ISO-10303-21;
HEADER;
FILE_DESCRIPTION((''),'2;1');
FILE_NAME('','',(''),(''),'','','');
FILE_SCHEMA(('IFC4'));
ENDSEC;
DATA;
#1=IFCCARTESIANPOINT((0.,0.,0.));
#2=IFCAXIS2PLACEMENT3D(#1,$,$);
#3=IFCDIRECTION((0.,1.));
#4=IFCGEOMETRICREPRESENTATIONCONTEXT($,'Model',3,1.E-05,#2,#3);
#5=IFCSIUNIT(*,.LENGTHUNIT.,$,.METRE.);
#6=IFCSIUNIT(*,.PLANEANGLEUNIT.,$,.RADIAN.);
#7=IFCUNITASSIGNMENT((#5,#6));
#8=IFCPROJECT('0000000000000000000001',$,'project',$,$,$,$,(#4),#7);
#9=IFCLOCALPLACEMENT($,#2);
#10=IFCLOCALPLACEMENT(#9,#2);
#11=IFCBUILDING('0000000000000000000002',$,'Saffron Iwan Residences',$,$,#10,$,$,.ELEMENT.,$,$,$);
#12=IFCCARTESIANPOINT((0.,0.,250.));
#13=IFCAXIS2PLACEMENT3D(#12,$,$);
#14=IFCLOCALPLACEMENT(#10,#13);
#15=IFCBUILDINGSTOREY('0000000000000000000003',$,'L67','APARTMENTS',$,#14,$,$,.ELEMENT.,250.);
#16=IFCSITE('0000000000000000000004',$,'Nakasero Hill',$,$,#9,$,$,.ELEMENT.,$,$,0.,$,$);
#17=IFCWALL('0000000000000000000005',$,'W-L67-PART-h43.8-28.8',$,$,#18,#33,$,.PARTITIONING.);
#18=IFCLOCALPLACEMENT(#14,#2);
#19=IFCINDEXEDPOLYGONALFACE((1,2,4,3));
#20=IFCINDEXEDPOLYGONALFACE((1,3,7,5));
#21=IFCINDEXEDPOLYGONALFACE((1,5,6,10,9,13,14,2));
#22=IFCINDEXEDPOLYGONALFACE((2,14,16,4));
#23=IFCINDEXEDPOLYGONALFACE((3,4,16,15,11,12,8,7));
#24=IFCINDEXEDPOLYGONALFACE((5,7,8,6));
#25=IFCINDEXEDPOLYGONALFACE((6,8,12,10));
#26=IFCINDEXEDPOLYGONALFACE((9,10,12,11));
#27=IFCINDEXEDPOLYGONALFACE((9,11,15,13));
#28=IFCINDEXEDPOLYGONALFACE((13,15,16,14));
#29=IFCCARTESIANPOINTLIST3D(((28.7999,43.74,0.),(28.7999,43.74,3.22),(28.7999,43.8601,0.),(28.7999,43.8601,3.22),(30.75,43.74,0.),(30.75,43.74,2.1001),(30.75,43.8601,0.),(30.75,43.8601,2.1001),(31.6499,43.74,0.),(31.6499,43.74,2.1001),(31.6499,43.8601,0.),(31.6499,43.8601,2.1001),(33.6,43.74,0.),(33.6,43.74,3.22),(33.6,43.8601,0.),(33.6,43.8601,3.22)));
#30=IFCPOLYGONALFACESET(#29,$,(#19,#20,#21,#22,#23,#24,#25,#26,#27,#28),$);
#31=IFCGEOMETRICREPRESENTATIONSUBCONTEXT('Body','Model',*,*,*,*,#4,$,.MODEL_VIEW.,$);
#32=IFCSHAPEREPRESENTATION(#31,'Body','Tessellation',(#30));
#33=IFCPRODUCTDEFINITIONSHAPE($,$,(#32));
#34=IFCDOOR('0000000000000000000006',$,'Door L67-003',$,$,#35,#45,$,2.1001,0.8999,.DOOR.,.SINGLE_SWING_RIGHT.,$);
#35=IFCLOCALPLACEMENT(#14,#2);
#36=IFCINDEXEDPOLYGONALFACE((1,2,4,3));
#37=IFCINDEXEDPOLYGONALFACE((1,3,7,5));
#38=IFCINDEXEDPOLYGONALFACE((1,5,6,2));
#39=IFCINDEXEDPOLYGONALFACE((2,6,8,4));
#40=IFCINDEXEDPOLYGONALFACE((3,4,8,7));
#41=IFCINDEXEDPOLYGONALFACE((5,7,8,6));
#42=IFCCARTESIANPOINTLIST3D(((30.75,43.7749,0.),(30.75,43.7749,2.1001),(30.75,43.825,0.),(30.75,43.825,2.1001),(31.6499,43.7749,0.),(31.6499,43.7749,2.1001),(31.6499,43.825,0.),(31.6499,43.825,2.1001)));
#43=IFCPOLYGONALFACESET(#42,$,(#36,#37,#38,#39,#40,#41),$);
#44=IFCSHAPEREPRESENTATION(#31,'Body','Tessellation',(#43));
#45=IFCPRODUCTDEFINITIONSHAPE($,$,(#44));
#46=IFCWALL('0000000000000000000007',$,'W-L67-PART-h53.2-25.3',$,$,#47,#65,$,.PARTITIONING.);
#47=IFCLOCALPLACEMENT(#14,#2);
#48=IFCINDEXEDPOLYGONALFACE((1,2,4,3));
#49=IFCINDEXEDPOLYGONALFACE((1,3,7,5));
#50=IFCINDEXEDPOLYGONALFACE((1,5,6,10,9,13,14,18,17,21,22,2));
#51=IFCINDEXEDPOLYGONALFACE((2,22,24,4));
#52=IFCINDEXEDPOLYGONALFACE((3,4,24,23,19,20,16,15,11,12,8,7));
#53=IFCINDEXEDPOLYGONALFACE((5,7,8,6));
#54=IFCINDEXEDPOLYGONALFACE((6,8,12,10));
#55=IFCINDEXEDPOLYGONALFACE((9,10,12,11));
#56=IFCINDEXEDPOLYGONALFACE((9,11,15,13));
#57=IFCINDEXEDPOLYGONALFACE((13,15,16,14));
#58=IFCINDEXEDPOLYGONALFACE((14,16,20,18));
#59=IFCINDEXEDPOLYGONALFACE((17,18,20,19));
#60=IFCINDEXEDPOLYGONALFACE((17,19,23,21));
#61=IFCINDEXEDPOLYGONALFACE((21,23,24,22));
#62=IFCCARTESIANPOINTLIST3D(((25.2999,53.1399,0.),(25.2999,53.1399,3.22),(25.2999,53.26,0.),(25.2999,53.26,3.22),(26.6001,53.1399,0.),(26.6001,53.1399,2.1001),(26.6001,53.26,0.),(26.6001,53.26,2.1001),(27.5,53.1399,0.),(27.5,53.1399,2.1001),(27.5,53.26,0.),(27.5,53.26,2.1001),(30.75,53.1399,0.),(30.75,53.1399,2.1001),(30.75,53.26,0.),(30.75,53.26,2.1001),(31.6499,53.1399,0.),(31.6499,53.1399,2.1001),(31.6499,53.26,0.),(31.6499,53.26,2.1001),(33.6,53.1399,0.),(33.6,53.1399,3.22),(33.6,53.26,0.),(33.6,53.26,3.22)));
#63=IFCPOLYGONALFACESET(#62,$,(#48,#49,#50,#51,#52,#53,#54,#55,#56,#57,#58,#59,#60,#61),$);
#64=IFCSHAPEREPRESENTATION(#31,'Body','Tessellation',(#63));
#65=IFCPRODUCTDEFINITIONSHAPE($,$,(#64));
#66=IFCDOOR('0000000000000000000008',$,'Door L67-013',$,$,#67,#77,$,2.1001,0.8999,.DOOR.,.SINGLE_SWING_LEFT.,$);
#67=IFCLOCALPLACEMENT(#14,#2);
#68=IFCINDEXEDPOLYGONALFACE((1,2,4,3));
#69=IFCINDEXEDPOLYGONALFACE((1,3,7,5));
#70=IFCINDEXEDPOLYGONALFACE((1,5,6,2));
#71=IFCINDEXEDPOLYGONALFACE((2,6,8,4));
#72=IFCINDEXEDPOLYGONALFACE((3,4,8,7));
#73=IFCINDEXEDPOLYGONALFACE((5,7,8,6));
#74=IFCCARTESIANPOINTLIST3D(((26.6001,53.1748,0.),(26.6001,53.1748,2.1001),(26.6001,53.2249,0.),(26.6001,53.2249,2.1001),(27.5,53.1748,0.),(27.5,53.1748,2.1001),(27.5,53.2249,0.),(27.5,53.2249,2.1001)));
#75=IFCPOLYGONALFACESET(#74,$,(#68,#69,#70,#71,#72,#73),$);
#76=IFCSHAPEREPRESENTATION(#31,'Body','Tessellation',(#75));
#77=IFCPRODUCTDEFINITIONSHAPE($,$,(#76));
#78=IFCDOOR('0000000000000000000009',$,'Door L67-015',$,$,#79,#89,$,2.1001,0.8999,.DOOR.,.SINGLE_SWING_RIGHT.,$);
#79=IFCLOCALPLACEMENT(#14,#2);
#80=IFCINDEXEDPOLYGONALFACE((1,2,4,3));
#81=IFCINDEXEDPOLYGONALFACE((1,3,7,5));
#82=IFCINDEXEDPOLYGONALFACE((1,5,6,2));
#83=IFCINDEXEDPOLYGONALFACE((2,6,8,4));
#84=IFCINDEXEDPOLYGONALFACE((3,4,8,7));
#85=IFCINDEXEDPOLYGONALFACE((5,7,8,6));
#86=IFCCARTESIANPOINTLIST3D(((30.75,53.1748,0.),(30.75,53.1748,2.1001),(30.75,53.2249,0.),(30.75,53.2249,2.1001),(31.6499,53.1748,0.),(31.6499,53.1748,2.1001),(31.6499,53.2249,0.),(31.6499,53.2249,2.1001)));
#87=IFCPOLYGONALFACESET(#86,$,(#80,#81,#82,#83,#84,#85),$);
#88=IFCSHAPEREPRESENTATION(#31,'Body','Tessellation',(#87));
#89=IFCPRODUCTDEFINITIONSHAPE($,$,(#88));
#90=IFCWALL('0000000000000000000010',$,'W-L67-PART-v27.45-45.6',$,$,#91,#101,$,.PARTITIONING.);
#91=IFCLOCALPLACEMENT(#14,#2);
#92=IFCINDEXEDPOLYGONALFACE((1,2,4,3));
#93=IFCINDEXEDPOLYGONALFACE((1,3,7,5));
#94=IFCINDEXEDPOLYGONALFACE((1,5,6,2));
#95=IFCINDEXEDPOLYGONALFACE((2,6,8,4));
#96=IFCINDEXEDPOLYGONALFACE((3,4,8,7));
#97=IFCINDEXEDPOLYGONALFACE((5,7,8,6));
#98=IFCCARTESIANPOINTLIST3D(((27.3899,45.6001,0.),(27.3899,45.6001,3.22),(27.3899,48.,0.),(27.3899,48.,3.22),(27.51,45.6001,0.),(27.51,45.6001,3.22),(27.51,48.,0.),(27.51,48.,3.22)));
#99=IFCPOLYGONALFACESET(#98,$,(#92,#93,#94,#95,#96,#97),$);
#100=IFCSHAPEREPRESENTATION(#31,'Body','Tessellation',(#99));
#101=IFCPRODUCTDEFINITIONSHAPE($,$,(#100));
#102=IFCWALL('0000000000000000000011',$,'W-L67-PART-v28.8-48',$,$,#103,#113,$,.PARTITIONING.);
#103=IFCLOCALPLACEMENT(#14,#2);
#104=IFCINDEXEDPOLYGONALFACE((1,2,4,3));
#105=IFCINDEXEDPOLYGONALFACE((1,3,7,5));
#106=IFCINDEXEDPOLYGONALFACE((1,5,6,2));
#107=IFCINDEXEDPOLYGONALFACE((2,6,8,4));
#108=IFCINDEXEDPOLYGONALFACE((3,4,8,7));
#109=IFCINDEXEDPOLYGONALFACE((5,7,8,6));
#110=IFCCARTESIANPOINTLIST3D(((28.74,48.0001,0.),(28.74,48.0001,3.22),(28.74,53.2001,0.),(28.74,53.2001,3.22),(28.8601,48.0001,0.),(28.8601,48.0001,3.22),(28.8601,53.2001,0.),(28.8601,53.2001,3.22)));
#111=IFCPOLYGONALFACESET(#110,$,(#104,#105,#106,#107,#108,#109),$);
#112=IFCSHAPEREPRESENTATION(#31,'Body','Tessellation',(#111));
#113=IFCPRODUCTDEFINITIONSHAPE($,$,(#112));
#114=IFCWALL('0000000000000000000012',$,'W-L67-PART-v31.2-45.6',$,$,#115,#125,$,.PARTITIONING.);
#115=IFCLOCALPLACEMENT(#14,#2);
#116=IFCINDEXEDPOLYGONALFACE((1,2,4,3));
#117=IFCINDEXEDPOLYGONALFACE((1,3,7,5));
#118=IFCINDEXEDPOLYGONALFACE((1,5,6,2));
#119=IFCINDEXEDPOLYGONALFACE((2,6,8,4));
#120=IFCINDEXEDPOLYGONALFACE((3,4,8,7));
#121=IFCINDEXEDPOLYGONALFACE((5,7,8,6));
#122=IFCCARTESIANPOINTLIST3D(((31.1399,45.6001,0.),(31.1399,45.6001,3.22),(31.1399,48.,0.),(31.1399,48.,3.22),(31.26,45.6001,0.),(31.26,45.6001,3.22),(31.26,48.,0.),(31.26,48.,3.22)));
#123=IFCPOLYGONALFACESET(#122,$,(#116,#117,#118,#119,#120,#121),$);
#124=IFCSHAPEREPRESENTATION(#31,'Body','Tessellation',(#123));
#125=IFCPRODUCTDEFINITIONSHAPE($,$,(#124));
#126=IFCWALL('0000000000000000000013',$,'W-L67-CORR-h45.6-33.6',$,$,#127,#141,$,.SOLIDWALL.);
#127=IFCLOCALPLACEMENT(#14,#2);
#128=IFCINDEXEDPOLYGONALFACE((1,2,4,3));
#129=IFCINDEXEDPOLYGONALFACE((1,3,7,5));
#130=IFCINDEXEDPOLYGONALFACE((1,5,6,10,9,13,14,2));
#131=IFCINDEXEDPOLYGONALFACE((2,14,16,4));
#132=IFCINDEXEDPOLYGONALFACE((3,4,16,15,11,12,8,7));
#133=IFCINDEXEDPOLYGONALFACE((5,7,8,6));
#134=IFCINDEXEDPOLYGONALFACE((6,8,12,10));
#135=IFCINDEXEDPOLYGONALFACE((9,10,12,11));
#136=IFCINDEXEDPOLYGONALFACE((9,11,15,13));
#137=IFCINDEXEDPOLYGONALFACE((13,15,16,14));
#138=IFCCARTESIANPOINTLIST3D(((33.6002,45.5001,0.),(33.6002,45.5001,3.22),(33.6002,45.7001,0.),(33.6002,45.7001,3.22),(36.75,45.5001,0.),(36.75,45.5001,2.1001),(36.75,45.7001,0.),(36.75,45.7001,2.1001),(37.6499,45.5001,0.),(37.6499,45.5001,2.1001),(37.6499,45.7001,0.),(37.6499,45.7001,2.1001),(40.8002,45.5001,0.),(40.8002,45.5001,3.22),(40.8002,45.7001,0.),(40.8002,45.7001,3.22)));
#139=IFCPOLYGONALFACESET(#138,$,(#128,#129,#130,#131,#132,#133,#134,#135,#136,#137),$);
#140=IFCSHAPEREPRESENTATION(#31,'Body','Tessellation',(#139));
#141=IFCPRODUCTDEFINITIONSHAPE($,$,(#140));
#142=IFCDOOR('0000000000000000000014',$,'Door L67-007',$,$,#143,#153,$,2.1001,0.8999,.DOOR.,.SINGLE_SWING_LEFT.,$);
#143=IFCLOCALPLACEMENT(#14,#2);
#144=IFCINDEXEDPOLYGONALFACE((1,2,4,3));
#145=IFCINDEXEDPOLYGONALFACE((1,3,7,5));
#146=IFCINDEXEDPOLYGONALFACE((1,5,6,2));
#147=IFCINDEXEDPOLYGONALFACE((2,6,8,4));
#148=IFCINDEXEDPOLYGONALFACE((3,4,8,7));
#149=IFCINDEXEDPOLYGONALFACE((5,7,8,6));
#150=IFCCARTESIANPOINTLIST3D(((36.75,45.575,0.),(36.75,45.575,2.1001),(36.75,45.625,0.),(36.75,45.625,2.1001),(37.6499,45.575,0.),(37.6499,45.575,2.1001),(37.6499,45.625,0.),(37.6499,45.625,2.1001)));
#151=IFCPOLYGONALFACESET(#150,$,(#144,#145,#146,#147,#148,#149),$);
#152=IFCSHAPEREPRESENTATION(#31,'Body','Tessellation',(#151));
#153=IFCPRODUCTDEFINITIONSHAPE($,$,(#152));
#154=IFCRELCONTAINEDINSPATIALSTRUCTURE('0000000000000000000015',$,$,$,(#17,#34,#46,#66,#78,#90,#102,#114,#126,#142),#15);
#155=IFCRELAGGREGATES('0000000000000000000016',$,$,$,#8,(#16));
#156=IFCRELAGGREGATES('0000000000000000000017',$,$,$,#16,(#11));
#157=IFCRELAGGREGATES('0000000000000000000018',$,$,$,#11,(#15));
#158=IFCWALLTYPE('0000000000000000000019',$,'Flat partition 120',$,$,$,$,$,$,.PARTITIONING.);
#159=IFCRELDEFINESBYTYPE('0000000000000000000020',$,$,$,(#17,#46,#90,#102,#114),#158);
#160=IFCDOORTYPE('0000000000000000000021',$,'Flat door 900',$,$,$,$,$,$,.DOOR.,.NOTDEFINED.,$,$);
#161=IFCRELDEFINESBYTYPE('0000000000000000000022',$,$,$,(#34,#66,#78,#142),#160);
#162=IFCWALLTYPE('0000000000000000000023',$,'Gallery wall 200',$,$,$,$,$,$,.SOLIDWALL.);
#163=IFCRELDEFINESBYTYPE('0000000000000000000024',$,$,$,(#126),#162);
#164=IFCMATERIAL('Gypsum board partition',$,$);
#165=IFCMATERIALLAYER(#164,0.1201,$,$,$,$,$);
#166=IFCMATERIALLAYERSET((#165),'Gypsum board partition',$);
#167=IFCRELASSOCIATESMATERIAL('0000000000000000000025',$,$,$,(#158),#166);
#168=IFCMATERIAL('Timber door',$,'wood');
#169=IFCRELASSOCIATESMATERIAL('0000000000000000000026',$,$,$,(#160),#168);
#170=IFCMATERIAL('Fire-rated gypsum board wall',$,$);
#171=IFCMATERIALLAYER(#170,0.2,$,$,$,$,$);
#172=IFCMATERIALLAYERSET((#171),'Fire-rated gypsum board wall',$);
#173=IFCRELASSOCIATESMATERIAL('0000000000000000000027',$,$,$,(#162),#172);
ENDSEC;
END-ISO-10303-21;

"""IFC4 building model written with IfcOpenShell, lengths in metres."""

from ifc_helpers import new_model, si_unit, direction, frame, frame_2d, origin, place, context, subcontext, project, spatial, rectangle, extrude, material, layer, layer_set, type_object, element, fill, save


model = new_model("IFC4")

# Units and contexts
model_context = context("Model", 3, precision=1e-05, world=origin(), true_north=direction((0.0, 1.0)))
body_context = subcontext(model_context, "Body", "Model", "MODEL_VIEW")
ifc_project = project(units=[si_unit("LENGTHUNIT", "METRE"), si_unit("PLANEANGLEUNIT", "RADIAN")], contexts=[model_context])

# Site, building, storey
site_placement = place(None, origin())
site = spatial("IfcSite", under=ifc_project, at=site_placement, Name="Nakasero Hill", CompositionType="ELEMENT", RefElevation=0.0)
building_placement = place(site_placement, origin())
building = spatial("IfcBuilding", under=site, at=building_placement, Name="Saffron Iwan Residences", CompositionType="ELEMENT")
storey_placement = place(building_placement, frame((0.0, 0.0, 250.0)))
storey = spatial("IfcBuildingStorey", under=building, at=storey_placement, Name="L67", Description="APARTMENTS", CompositionType="ELEMENT", Elevation=250.0)

# Wall, opening, door
ifc_material_1 = material(Name="Gypsum board partition")
ifc_layer_1 = layer(ifc_material_1, 0.1201)
ifc_layer_set_1 = layer_set([ifc_layer_1], Name="Gypsum board partition")
wall_type_1 = type_object("IfcWallType", Name="Flat partition 120", PredefinedType="PARTITIONING", material=ifc_layer_set_1)
wall_1_placement = place(storey_placement, frame((28.8, 43.8, 0.0), z_axis=(0.0, 0.0, 1.0), x_axis=(1.0, 0.0, 0.0)))
wall_1 = element("IfcWall", 1, at=wall_1_placement, inside=storey, type_object=wall_type_1, Name="W-L67-PART-h43.8-28.8", PredefinedType="PARTITIONING", context=body_context, shape_type="SweptSolid", body=[
    extrude(rectangle(XDim=4.8, YDim=0.1201, at=frame_2d((2.3999, 0.0))), origin(), (0.0, 0.0, 1.0), 3.22),
])
opening_1_placement = place(wall_1_placement, frame((1.95, 0.0, 0.0)))
opening_1 = element("IfcOpeningElement", 2, at=opening_1_placement, cuts=wall_1, PredefinedType="OPENING", context=body_context, shape_type="SweptSolid", body=[
    extrude(rectangle(XDim=0.8999, YDim=2.1001, at=frame_2d((0.45, 1.05))), frame((0.0, 0.0701, 0.0), z_axis=(0.0, -1.0, 0.0), x_axis=(1.0, 0.0, 0.0)), (0.0, 0.0, 1.0), 0.1401),
])
ifc_material_2 = material(Name="Timber door", Category="wood")
door_type_1 = type_object("IfcDoorType", Name="Flat door 900", OperationType="NOTDEFINED", PredefinedType="DOOR", material=ifc_material_2)
door_1_placement = place(opening_1_placement, origin())
door_1 = element("IfcDoor", 3, at=door_1_placement, inside=storey, type_object=door_type_1, Name="Door L67-003", OperationType="SINGLE_SWING_RIGHT", OverallHeight=2.1001, OverallWidth=0.8999, PredefinedType="DOOR", context=body_context, shape_type="SweptSolid", body=[
    extrude(rectangle(XDim=0.8999, YDim=2.1001, at=frame_2d((0.45, 1.05))), frame((0.0, 0.0249, 0.0), z_axis=(0.0, -1.0, 0.0), x_axis=(1.0, 0.0, 0.0)), (0.0, 0.0, 1.0), 0.05),
])
fill(opening_1, door_1)

# Wall, openings, doors
wall_2_placement = place(storey_placement, frame((25.3, 53.2, 0.0), z_axis=(0.0, 0.0, 1.0), x_axis=(1.0, 0.0, 0.0)))
wall_2 = element("IfcWall", 4, at=wall_2_placement, inside=storey, type_object=wall_type_1, Name="W-L67-PART-h53.2-25.3", PredefinedType="PARTITIONING", context=body_context, shape_type="SweptSolid", body=[
    extrude(rectangle(XDim=8.3, YDim=0.1201, at=frame_2d((4.1499, 0.0))), origin(), (0.0, 0.0, 1.0), 3.22),
])
opening_2_placement = place(wall_2_placement, frame((1.3, 0.0, 0.0)))
opening_2 = element("IfcOpeningElement", 5, at=opening_2_placement, cuts=wall_2, PredefinedType="OPENING", context=body_context, shape_type="SweptSolid", body=[
    extrude(rectangle(XDim=0.8999, YDim=2.1001, at=frame_2d((0.45, 1.05))), frame((0.0, 0.0701, 0.0), z_axis=(0.0, -1.0, 0.0), x_axis=(1.0, 0.0, 0.0)), (0.0, 0.0, 1.0), 0.1401),
])
opening_3_placement = place(wall_2_placement, frame((5.45, 0.0, 0.0)))
opening_3 = element("IfcOpeningElement", 6, at=opening_3_placement, cuts=wall_2, PredefinedType="OPENING", context=body_context, shape_type="SweptSolid", body=[
    extrude(rectangle(XDim=0.8999, YDim=2.1001, at=frame_2d((0.45, 1.05))), frame((0.0, 0.0701, 0.0), z_axis=(0.0, -1.0, 0.0), x_axis=(1.0, 0.0, 0.0)), (0.0, 0.0, 1.0), 0.1401),
])
door_2_placement = place(opening_2_placement, origin())
door_2 = element("IfcDoor", 7, at=door_2_placement, inside=storey, type_object=door_type_1, Name="Door L67-013", OperationType="SINGLE_SWING_LEFT", OverallHeight=2.1001, OverallWidth=0.8999, PredefinedType="DOOR", context=body_context, shape_type="SweptSolid", body=[
    extrude(rectangle(XDim=0.8999, YDim=2.1001, at=frame_2d((0.45, 1.05))), frame((0.0, 0.0249, 0.0), z_axis=(0.0, -1.0, 0.0), x_axis=(1.0, 0.0, 0.0)), (0.0, 0.0, 1.0), 0.05),
])
fill(opening_2, door_2)
door_3_placement = place(opening_3_placement, origin())
door_3 = element("IfcDoor", 8, at=door_3_placement, inside=storey, type_object=door_type_1, Name="Door L67-015", OperationType="SINGLE_SWING_RIGHT", OverallHeight=2.1001, OverallWidth=0.8999, PredefinedType="DOOR", context=body_context, shape_type="SweptSolid", body=[
    extrude(rectangle(XDim=0.8999, YDim=2.1001, at=frame_2d((0.45, 1.05))), frame((0.0, 0.0249, 0.0), z_axis=(0.0, -1.0, 0.0), x_axis=(1.0, 0.0, 0.0)), (0.0, 0.0, 1.0), 0.05),
])
fill(opening_3, door_3)

# Walls
wall_3_placement = place(storey_placement, frame((27.45, 45.6001, 0.0), z_axis=(0.0, 0.0, 1.0), x_axis=(0.0, 1.0, 0.0)))
element("IfcWall", 9, at=wall_3_placement, inside=storey, type_object=wall_type_1, Name="W-L67-PART-v27.45-45.6", PredefinedType="PARTITIONING", context=body_context, shape_type="SweptSolid", body=[
    extrude(rectangle(XDim=2.3999, YDim=0.1201, at=frame_2d((1.2, 0.0))), origin(), (0.0, 0.0, 1.0), 3.22),
])
wall_4_placement = place(storey_placement, frame((28.8, 48.0, 0.0), z_axis=(0.0, 0.0, 1.0), x_axis=(0.0, 1.0, 0.0)))
element("IfcWall", 10, at=wall_4_placement, inside=storey, type_object=wall_type_1, Name="W-L67-PART-v28.8-48", PredefinedType="PARTITIONING", context=body_context, shape_type="SweptSolid", body=[
    extrude(rectangle(XDim=5.2, YDim=0.1201, at=frame_2d((2.6001, 0.0))), origin(), (0.0, 0.0, 1.0), 3.22),
])
wall_5_placement = place(storey_placement, frame((31.2, 45.6001, 0.0), z_axis=(0.0, 0.0, 1.0), x_axis=(0.0, 1.0, 0.0)))
element("IfcWall", 11, at=wall_5_placement, inside=storey, type_object=wall_type_1, Name="W-L67-PART-v31.2-45.6", PredefinedType="PARTITIONING", context=body_context, shape_type="SweptSolid", body=[
    extrude(rectangle(XDim=2.3999, YDim=0.1201, at=frame_2d((1.2, 0.0))), origin(), (0.0, 0.0, 1.0), 3.22),
])

# Wall, opening, door
ifc_material_3 = material(Name="Fire-rated gypsum board wall")
ifc_layer_2 = layer(ifc_material_3, 0.2)
ifc_layer_set_2 = layer_set([ifc_layer_2], Name="Fire-rated gypsum board wall")
wall_type_2 = type_object("IfcWallType", Name="Gallery wall 200", PredefinedType="SOLIDWALL", material=ifc_layer_set_2)
wall_6_placement = place(storey_placement, frame((33.6001, 45.6001, 0.0), z_axis=(0.0, 0.0, 1.0), x_axis=(1.0, 0.0, 0.0)))
wall_6 = element("IfcWall", 12, at=wall_6_placement, inside=storey, type_object=wall_type_2, Name="W-L67-CORR-h45.6-33.6", PredefinedType="SOLIDWALL", context=body_context, shape_type="SweptSolid", body=[
    extrude(rectangle(XDim=7.2, YDim=0.2, at=frame_2d((3.6001, 0.0))), origin(), (0.0, 0.0, 1.0), 3.22),
])
opening_4_placement = place(wall_6_placement, frame((3.1499, 0.0, 0.0)))
opening_4 = element("IfcOpeningElement", 13, at=opening_4_placement, cuts=wall_6, PredefinedType="OPENING", context=body_context, shape_type="SweptSolid", body=[
    extrude(rectangle(XDim=0.8999, YDim=2.1001, at=frame_2d((0.45, 1.05))), frame((0.0, 0.1099, 0.0), z_axis=(0.0, -1.0, 0.0), x_axis=(1.0, 0.0, 0.0)), (0.0, 0.0, 1.0), 0.22),
])
door_4_placement = place(opening_4_placement, origin())
door_4 = element("IfcDoor", 14, at=door_4_placement, inside=storey, type_object=door_type_1, Name="Door L67-007", OperationType="SINGLE_SWING_LEFT", OverallHeight=2.1001, OverallWidth=0.8999, PredefinedType="DOOR", context=body_context, shape_type="SweptSolid", body=[
    extrude(rectangle(XDim=0.8999, YDim=2.1001, at=frame_2d((0.45, 1.05))), frame((0.0, 0.0249, 0.0), z_axis=(0.0, -1.0, 0.0), x_axis=(1.0, 0.0, 0.0)), (0.0, 0.0, 1.0), 0.05),
])
fill(opening_4, door_4)

save(model, "model.ifc")
